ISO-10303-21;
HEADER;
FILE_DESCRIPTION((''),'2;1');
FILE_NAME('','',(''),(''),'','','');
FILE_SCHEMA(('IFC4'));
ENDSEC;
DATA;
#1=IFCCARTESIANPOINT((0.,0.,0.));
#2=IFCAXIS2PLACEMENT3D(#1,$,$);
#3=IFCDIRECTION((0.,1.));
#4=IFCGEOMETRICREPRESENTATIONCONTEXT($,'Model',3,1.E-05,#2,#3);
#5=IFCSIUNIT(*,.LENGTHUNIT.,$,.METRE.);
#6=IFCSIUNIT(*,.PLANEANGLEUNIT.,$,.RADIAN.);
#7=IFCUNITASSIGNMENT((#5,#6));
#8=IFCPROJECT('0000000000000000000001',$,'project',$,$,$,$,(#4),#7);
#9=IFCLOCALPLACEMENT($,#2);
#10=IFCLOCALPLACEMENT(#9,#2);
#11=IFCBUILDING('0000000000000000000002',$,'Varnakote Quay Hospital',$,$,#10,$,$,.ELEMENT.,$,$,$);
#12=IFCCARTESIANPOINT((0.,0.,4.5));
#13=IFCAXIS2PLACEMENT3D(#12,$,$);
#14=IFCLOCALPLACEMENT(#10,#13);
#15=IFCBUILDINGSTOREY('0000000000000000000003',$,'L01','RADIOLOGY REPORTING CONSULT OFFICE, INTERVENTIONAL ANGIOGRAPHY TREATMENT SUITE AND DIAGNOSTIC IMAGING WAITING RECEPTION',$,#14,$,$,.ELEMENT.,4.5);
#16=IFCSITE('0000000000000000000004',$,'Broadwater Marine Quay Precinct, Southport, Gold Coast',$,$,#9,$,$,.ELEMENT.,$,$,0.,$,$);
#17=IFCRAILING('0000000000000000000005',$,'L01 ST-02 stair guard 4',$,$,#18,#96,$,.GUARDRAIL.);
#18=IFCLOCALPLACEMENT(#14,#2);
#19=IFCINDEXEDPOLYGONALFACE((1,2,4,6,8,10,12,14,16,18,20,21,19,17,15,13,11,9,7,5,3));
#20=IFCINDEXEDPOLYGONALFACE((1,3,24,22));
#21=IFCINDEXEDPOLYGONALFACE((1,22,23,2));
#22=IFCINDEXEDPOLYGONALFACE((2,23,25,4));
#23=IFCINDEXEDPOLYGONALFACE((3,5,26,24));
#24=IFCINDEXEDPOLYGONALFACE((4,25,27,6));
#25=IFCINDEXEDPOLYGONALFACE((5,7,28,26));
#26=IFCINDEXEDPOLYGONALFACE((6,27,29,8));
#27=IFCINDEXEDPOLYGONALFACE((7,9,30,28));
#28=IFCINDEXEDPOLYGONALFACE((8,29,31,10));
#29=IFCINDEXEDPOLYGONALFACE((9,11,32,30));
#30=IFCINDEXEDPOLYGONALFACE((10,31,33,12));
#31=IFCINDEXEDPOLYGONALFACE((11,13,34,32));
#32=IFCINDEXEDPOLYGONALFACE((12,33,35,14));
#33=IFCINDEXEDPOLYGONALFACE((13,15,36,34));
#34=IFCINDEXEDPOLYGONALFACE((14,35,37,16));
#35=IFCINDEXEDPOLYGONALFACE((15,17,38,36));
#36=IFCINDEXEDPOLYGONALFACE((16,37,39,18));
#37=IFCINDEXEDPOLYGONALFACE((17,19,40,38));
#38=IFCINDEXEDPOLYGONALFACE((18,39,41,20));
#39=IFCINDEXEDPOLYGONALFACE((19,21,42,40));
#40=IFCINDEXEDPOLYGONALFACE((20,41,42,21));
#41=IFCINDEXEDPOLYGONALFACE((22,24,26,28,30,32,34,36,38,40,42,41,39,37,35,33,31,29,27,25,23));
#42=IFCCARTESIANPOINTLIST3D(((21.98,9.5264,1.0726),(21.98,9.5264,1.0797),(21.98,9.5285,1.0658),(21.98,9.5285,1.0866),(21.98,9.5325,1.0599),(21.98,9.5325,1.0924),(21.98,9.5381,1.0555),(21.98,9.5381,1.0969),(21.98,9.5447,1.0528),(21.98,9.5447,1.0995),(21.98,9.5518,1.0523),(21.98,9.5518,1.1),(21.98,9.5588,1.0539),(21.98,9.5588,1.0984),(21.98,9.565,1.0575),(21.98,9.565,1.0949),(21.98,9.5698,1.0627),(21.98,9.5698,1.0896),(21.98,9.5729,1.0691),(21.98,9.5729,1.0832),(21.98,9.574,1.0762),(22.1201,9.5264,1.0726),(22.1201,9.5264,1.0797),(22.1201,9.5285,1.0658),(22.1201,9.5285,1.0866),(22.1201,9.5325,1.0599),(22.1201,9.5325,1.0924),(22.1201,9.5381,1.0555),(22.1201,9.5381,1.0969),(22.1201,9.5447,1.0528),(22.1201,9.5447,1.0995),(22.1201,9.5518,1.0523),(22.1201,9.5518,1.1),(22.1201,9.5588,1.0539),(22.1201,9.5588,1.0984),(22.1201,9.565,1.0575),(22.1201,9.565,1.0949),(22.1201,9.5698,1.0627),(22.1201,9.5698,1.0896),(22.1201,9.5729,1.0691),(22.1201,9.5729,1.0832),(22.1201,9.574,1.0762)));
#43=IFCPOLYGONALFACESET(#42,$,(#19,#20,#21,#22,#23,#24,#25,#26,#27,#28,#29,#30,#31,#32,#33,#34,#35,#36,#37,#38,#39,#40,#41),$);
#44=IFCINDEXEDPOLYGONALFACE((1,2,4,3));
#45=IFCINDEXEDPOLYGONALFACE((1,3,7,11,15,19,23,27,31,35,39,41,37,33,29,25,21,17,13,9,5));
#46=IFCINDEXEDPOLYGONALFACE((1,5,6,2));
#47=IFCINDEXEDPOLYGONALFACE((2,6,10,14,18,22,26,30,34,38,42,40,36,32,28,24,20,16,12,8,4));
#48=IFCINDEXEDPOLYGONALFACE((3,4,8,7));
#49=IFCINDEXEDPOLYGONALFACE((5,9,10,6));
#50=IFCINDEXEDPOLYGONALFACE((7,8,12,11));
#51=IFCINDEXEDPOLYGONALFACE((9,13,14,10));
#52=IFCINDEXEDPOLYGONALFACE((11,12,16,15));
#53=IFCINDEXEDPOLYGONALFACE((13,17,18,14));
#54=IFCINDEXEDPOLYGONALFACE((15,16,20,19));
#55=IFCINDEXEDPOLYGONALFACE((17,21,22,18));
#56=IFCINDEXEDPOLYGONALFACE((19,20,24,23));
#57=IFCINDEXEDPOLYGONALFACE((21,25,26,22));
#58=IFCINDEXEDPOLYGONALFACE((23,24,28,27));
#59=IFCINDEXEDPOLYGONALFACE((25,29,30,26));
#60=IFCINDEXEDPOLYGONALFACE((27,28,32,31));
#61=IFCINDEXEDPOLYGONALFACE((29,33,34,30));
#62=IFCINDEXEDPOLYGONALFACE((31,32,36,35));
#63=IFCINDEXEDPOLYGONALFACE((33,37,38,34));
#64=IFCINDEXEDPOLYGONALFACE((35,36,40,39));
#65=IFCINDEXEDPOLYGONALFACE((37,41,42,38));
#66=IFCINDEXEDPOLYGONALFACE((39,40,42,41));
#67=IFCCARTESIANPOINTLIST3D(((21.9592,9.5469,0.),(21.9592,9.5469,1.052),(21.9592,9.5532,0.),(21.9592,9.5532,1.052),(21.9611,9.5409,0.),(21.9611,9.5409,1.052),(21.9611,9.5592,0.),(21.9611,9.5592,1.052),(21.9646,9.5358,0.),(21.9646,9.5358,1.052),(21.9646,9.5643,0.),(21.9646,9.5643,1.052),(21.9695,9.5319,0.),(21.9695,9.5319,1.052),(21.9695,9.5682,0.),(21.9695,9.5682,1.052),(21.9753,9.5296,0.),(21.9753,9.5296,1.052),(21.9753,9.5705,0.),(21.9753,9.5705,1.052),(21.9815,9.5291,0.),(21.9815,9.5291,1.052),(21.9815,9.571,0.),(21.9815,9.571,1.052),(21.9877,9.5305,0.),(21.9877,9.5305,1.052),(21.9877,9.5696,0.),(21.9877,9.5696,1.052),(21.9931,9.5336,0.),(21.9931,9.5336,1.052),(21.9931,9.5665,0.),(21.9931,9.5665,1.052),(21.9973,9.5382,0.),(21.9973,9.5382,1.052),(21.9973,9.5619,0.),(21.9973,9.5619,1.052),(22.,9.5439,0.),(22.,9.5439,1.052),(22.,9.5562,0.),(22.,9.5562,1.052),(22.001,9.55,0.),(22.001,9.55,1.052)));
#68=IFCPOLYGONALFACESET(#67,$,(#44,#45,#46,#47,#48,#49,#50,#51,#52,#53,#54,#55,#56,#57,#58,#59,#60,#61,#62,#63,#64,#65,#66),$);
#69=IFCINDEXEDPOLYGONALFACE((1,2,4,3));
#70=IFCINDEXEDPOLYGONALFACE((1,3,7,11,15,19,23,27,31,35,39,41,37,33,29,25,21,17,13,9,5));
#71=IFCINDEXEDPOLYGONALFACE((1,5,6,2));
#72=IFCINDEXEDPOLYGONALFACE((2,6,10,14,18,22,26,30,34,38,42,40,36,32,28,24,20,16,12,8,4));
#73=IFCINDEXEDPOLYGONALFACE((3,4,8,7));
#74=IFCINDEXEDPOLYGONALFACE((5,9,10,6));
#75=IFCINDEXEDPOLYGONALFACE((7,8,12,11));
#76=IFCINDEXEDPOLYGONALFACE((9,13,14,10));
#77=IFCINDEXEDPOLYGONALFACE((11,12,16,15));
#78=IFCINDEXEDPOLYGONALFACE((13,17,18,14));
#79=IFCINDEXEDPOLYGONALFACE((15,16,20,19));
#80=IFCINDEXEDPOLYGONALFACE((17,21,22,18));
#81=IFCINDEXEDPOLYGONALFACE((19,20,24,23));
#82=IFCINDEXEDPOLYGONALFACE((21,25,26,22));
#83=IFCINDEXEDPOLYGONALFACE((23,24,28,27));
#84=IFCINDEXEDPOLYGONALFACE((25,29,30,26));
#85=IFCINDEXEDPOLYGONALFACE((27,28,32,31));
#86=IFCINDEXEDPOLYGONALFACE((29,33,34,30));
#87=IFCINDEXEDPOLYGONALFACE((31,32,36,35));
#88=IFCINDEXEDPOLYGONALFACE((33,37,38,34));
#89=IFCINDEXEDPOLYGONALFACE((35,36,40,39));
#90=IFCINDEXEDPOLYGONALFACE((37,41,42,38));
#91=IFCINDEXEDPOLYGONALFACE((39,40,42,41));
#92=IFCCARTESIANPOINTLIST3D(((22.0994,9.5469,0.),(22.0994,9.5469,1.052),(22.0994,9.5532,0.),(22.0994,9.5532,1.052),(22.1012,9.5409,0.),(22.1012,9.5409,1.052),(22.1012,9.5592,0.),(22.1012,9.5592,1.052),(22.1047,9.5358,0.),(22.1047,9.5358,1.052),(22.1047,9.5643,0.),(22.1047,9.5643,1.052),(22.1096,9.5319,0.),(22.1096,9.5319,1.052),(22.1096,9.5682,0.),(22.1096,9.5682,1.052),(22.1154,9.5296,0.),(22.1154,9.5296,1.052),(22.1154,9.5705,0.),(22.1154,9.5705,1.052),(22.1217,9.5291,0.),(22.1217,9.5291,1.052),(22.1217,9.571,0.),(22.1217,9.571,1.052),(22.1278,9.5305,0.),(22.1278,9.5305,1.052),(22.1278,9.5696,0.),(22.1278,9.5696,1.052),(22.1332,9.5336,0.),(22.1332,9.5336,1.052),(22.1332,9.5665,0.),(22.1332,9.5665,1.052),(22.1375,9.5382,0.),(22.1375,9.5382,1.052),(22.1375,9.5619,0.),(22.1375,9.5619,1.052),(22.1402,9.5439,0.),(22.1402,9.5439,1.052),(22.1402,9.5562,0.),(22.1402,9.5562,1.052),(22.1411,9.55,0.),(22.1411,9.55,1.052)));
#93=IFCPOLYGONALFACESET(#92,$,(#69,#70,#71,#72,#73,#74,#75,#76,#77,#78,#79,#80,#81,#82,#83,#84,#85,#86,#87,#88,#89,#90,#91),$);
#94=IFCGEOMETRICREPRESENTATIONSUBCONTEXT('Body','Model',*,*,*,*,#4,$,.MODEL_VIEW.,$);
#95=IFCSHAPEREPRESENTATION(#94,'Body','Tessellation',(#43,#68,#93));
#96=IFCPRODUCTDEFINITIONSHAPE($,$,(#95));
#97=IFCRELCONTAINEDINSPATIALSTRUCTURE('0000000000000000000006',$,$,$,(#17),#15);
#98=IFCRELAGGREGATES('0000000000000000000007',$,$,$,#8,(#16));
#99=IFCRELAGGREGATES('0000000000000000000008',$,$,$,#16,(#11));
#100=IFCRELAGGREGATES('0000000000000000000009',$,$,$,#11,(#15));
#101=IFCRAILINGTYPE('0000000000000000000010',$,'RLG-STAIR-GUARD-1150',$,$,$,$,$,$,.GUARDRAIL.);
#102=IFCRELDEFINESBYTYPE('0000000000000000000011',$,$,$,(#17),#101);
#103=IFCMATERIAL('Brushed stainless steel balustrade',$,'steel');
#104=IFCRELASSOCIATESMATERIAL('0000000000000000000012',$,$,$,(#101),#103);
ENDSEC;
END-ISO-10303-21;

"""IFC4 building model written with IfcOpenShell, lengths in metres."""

from ifc_helpers import new_model, si_unit, direction, frame, origin, origin_2d, place, context, subcontext, project, spatial, circle, extrude, material, type_object, element, save


model = new_model("IFC4")

# Units and contexts
model_context = context("Model", 3, precision=1e-05, world=origin(), true_north=direction((0.0, 1.0)))
body_context = subcontext(model_context, "Body", "Model", "MODEL_VIEW")
ifc_project = project(units=[si_unit("LENGTHUNIT", "METRE"), si_unit("PLANEANGLEUNIT", "RADIAN")], contexts=[model_context])

# Site, building, storey
site_placement = place(None, origin())
site = spatial("IfcSite", under=ifc_project, at=site_placement, Name="Broadwater Marine Quay Precinct, Southport, Gold Coast", CompositionType="ELEMENT", RefElevation=0.0)
building_placement = place(site_placement, origin())
building = spatial("IfcBuilding", under=site, at=building_placement, Name="Varnakote Quay Hospital", CompositionType="ELEMENT")
storey_placement = place(building_placement, frame((0.0, 0.0, 4.5)))
storey = spatial("IfcBuildingStorey", under=building, at=storey_placement, Name="L01", Description="RADIOLOGY REPORTING CONSULT OFFICE, INTERVENTIONAL ANGIOGRAPHY TREATMENT SUITE AND DIAGNOSTIC IMAGING WAITING RECEPTION", CompositionType="ELEMENT", Elevation=4.5)

# Railing
ifc_material_1 = material(Name="Brushed stainless steel balustrade", Category="steel")
railing_type_1 = type_object("IfcRailingType", Name="RLG-STAIR-GUARD-1150", PredefinedType="GUARDRAIL", material=ifc_material_1)
railing_1_placement = place(storey_placement, frame((21.98, 9.55, 0.0)))
element("IfcRailing", 1, at=railing_1_placement, inside=storey, type_object=railing_type_1, Name="L01 ST-02 stair guard 4", PredefinedType="GUARDRAIL", context=body_context, shape_type="SweptSolid", body=[
    extrude(circle(Radius=0.0239, at=origin_2d()), frame((0.0, 0.0, 1.0762), z_axis=(1.0, 0.0, 0.0), x_axis=(0.0, 1.0, 0.0)), (0.0, 0.0, 1.0), 0.1401),
    extrude(circle(Radius=0.021, at=origin_2d()), origin(), (0.0, 0.0, 1.0), 1.052),
    extrude(circle(Radius=0.021, at=origin_2d()), frame((0.1401, 0.0, 0.0)), (0.0, 0.0, 1.0), 1.052),
])

save(model, "model.ifc")
